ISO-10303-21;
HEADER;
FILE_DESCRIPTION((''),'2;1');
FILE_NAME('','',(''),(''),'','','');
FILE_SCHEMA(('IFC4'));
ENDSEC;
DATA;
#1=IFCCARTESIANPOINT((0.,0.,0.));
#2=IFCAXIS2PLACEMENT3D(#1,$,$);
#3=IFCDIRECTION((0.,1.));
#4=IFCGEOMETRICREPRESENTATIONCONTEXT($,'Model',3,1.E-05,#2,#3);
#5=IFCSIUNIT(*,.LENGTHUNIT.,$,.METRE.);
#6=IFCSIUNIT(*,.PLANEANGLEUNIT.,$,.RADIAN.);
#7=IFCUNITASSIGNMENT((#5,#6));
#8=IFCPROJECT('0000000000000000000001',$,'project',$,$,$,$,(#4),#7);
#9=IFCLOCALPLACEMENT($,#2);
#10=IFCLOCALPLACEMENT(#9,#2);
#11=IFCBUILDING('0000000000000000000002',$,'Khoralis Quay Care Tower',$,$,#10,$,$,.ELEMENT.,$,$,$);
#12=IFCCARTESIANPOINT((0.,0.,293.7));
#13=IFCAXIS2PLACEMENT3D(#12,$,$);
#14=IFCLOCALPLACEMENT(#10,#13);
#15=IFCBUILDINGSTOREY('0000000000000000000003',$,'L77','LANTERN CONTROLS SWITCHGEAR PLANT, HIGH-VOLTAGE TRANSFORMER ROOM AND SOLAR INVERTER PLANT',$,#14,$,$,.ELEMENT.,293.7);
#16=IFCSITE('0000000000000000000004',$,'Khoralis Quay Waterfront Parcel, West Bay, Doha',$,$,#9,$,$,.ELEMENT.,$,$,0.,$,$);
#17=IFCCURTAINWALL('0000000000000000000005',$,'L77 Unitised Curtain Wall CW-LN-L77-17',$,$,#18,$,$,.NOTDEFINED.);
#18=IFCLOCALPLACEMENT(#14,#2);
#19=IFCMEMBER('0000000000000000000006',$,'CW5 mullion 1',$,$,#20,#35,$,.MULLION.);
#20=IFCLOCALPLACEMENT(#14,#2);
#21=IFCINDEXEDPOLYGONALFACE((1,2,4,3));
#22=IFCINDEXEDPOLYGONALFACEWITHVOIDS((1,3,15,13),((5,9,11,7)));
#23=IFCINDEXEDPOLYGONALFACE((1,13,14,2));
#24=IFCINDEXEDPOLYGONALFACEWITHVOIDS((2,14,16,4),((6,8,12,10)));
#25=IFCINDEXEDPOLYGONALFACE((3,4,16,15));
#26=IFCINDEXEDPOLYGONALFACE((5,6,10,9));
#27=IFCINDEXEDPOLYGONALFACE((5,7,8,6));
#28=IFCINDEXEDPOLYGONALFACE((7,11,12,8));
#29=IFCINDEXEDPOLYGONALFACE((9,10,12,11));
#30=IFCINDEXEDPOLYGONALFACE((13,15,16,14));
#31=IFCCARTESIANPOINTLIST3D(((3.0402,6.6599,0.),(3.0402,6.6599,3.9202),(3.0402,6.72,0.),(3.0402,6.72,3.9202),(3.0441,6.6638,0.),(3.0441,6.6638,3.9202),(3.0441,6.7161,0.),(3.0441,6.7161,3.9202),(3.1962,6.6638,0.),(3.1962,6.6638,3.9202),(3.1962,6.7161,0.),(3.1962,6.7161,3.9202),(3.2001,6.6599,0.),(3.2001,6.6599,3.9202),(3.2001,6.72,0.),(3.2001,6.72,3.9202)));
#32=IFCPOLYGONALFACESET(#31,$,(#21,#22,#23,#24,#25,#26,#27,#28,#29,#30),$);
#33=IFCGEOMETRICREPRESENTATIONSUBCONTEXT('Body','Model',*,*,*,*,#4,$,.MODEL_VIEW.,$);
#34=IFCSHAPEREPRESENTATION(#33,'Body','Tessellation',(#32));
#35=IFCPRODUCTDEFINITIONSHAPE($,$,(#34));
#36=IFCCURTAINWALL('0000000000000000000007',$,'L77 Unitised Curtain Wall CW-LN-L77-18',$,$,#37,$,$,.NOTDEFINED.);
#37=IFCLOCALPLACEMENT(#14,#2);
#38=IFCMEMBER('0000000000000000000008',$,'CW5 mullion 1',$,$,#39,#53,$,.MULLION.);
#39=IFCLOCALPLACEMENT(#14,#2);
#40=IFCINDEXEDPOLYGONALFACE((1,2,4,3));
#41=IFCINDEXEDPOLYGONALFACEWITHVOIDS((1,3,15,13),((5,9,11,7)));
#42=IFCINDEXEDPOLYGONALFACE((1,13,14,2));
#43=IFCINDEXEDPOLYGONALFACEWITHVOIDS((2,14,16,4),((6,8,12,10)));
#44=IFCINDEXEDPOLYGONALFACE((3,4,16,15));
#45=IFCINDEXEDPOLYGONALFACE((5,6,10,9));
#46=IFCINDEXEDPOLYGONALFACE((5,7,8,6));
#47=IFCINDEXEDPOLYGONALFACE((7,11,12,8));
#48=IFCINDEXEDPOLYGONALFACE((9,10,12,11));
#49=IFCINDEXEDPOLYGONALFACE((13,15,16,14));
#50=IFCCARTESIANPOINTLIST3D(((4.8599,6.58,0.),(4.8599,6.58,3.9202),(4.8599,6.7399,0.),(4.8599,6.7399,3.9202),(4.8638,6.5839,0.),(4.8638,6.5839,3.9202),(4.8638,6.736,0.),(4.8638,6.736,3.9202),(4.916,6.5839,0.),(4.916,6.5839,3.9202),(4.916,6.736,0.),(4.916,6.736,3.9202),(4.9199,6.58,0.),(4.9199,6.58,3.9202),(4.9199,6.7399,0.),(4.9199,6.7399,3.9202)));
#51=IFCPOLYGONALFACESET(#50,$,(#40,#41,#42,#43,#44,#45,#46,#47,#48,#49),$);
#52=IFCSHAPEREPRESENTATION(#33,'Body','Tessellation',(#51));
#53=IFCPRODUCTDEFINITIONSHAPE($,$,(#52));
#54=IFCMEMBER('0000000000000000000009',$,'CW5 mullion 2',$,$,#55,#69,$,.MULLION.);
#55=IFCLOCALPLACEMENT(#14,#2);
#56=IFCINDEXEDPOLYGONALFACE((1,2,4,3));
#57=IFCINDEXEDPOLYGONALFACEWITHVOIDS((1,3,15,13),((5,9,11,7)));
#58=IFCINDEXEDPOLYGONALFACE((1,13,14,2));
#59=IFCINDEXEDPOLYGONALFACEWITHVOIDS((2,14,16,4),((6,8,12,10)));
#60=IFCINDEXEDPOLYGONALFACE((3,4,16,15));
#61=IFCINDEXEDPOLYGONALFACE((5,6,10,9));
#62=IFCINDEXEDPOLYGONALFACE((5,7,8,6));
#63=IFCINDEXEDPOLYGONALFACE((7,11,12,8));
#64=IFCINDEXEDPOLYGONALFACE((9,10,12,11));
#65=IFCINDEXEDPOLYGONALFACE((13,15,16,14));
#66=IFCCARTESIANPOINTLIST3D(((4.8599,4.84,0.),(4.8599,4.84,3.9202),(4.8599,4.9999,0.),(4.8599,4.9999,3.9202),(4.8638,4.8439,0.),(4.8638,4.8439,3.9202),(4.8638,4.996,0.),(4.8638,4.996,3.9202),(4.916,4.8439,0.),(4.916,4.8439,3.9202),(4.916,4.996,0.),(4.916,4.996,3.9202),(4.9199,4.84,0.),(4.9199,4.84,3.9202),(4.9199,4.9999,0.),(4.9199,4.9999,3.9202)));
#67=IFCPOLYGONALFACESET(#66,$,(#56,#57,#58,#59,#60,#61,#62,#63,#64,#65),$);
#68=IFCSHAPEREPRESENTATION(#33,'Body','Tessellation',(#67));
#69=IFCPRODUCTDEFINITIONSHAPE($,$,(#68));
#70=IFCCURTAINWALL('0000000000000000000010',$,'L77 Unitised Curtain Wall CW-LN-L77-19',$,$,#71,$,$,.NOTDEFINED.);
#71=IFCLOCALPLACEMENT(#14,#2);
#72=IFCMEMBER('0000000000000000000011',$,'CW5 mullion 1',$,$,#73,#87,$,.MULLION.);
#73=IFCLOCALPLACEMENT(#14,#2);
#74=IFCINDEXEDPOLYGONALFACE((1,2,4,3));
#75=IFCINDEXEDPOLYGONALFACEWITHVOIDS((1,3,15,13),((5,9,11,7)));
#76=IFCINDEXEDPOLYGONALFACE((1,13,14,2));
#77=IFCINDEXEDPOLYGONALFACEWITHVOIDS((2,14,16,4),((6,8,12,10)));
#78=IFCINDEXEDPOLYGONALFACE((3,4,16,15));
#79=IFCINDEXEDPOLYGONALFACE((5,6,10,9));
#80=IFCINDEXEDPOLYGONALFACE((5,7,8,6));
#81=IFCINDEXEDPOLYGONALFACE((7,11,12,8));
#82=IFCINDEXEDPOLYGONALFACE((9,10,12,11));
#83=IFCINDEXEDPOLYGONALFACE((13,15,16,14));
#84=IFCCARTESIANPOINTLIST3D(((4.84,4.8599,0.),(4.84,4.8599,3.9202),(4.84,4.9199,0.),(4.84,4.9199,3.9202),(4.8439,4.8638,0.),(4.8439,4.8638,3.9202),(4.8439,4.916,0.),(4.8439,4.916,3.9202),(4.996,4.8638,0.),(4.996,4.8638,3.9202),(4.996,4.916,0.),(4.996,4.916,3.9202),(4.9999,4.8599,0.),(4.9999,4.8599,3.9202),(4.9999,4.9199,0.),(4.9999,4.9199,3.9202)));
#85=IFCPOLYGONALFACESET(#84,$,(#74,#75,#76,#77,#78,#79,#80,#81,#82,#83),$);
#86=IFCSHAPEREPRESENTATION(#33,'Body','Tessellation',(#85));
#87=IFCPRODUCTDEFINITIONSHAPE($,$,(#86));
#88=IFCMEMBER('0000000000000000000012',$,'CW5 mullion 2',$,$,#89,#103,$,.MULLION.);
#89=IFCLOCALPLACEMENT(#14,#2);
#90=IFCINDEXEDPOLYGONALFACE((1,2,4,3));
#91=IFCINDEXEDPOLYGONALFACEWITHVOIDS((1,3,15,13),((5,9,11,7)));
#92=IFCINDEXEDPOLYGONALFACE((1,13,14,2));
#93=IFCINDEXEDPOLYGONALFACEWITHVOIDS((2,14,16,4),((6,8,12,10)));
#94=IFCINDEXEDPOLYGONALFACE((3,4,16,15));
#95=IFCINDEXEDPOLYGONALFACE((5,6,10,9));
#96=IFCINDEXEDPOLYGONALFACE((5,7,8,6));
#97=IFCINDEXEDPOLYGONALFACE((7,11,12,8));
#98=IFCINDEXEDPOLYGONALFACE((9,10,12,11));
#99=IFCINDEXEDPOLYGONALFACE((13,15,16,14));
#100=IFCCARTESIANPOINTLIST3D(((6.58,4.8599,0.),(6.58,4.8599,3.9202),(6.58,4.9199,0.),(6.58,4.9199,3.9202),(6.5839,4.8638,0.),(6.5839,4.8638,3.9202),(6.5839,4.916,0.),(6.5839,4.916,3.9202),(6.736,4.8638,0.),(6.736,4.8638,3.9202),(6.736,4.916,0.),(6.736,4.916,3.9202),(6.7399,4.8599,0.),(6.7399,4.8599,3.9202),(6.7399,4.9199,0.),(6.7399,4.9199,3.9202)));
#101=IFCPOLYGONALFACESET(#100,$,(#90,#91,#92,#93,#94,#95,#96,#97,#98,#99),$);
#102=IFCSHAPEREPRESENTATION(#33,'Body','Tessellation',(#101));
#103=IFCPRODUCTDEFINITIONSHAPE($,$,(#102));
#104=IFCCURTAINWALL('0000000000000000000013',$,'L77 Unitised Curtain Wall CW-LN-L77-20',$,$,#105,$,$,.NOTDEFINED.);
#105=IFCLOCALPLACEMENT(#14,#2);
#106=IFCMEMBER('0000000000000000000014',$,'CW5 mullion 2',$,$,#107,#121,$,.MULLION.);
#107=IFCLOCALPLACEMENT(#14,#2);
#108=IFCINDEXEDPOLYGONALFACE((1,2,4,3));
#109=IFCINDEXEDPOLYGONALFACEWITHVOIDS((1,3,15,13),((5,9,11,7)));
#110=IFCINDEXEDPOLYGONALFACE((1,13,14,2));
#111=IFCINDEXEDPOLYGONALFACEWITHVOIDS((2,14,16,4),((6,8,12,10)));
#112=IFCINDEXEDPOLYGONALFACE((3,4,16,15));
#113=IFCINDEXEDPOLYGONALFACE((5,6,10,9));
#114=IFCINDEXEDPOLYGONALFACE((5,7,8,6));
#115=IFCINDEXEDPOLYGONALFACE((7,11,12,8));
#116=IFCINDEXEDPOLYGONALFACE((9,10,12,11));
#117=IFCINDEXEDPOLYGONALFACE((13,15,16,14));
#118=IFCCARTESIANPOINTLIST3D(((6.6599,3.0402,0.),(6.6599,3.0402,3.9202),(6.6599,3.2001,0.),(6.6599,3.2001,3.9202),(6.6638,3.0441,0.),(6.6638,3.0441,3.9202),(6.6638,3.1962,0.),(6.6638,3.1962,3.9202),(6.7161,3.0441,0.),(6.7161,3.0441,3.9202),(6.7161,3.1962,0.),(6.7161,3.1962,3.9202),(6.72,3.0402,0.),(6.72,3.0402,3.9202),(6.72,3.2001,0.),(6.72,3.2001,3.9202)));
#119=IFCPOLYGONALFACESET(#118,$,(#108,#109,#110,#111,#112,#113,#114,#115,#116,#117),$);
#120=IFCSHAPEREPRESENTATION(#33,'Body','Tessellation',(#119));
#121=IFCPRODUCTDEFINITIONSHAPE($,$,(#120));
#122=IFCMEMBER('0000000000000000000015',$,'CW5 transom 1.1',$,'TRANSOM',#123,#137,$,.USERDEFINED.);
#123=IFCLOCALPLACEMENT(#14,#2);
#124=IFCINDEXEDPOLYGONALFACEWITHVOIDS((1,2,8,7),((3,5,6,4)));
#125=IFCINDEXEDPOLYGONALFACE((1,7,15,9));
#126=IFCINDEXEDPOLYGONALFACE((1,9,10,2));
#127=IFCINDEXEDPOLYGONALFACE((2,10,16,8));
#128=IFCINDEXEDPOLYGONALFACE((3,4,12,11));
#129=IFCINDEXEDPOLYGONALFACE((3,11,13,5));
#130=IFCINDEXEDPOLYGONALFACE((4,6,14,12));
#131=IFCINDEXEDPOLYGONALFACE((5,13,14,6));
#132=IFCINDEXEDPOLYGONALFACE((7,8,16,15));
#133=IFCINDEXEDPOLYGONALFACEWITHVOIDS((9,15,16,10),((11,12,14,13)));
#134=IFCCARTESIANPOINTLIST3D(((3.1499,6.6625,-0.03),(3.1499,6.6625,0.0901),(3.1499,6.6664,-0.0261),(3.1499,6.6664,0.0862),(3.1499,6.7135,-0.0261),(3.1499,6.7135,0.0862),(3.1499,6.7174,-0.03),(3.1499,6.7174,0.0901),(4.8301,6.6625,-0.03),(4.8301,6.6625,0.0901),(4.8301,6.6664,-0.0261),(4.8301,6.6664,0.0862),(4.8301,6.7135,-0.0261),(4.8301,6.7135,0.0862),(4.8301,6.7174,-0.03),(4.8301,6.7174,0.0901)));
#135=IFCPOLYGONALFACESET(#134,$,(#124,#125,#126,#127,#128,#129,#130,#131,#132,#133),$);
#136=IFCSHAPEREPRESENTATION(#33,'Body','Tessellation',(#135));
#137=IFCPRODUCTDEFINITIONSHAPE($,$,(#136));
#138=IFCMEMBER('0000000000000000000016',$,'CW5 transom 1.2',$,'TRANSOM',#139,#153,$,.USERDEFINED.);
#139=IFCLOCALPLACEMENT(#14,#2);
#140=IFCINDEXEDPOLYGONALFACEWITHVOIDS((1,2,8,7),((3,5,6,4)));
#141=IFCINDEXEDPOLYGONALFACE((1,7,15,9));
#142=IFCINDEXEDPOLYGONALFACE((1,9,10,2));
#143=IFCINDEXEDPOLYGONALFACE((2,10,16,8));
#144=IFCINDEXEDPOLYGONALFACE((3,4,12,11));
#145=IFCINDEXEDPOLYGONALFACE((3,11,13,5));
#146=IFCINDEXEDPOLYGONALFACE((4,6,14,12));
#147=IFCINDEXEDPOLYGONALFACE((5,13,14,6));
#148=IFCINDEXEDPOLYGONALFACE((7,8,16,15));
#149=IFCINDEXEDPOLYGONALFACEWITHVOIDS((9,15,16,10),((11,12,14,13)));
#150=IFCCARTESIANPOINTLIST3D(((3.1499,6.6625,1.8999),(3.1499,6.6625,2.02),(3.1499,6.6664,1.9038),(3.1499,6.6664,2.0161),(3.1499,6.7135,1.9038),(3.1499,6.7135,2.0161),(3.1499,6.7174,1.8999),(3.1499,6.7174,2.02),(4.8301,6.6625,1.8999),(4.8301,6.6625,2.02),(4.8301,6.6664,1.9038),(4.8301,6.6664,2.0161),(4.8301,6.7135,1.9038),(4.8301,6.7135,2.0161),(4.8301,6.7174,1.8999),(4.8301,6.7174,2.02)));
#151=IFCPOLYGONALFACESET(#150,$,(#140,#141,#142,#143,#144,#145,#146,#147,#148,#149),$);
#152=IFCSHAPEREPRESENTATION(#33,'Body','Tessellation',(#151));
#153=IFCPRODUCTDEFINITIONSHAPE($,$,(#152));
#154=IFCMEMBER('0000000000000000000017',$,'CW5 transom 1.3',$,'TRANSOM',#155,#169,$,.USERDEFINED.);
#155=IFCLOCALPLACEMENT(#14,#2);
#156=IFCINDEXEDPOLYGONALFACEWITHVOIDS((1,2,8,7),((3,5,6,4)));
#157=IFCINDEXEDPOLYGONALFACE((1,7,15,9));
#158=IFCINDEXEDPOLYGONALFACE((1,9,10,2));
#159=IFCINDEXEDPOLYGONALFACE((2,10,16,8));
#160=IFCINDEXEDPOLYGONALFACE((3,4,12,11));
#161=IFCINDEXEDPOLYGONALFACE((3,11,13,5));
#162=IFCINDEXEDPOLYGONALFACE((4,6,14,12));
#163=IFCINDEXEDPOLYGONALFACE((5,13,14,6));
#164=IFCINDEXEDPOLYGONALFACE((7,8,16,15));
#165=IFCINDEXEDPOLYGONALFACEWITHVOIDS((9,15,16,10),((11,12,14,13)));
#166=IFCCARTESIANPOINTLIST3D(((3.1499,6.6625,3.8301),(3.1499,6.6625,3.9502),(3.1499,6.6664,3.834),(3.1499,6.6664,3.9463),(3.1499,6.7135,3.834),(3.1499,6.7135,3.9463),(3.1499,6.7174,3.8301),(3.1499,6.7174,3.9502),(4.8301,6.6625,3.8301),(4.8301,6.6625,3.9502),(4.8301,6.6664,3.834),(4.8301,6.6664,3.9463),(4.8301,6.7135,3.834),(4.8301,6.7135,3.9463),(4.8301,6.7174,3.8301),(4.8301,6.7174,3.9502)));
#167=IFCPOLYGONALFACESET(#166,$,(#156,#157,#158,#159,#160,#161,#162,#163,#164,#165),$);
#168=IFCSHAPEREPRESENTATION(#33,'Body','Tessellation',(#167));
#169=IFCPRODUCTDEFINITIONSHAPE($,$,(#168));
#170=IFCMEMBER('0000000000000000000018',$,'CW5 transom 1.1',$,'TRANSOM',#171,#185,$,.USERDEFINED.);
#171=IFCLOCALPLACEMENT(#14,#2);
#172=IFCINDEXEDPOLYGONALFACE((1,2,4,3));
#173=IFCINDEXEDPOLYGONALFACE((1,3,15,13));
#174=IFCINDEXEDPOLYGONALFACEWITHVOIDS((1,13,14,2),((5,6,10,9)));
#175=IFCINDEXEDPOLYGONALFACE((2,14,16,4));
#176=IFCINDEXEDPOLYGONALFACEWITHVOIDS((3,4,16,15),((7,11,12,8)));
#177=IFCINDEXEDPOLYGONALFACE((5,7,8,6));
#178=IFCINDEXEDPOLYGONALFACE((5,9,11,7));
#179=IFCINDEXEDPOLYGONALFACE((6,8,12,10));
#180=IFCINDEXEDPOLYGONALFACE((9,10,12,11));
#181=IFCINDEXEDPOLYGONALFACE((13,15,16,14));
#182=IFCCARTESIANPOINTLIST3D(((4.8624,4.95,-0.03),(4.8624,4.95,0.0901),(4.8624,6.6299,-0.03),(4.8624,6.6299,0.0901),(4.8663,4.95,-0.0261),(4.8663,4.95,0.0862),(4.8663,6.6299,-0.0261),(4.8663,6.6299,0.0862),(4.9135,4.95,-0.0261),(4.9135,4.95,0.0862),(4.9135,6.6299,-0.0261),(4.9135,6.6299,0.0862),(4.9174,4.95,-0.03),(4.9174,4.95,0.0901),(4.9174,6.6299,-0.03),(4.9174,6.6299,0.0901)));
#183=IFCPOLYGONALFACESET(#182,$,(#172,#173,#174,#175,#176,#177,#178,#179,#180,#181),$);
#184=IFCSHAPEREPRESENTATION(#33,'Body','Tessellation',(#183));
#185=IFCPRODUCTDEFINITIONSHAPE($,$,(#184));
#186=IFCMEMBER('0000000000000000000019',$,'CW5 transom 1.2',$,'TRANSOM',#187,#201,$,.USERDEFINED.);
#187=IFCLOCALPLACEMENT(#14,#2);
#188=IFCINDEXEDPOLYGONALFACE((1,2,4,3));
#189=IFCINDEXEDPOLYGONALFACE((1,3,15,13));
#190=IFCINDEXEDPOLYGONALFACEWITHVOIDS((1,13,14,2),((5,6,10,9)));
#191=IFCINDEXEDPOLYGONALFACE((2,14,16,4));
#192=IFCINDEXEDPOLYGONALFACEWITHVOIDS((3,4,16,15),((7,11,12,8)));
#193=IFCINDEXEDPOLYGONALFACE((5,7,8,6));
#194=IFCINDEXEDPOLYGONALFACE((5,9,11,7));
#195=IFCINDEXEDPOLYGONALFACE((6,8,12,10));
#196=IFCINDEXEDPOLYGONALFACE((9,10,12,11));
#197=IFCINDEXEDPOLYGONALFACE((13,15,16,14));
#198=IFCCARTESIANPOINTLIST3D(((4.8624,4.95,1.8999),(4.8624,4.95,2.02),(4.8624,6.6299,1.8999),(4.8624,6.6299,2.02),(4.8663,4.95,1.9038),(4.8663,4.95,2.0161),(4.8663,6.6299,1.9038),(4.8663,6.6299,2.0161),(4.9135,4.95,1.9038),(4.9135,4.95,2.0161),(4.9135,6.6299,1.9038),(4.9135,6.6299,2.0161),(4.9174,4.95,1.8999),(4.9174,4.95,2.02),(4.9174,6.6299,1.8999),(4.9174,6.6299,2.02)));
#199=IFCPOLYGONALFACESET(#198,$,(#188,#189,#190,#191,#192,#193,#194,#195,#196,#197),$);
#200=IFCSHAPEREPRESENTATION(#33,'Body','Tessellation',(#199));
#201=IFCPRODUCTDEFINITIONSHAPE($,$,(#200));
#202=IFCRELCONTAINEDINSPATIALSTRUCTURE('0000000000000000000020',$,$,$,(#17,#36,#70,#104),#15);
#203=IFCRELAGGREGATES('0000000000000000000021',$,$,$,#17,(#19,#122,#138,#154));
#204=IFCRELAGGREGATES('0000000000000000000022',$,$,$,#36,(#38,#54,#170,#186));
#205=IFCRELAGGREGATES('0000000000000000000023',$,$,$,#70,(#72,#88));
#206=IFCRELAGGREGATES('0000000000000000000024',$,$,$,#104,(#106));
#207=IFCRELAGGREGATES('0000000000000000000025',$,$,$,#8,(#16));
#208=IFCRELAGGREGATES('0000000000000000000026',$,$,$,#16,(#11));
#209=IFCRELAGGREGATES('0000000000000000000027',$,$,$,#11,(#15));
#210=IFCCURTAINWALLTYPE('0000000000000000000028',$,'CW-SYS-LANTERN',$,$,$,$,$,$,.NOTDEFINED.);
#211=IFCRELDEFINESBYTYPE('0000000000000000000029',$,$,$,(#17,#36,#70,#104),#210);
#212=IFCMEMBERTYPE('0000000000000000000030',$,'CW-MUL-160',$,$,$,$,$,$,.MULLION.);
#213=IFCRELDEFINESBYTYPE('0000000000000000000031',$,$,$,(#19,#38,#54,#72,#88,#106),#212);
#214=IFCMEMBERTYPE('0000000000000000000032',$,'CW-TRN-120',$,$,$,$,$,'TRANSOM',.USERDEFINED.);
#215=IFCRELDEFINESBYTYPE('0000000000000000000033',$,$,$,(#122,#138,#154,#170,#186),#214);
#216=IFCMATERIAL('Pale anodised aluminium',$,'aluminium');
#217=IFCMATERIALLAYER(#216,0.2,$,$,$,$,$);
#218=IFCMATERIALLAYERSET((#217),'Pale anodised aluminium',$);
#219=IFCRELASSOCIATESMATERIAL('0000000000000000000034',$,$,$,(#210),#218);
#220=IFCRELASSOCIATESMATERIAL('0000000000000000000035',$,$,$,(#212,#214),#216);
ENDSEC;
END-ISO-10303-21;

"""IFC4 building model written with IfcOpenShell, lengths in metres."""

from ifc_helpers import new_model, si_unit, direction, frame, origin, origin_2d, place, context, subcontext, project, spatial, hollow_rectangle, extrude, source, transform, mapped, material, layer, layer_set, material_profile, profile_set, type_object, element, aggregate, save


model = new_model("IFC4")

# Units and contexts
model_context = context("Model", 3, precision=1e-05, world=origin(), true_north=direction((0.0, 1.0)))
body_context = subcontext(model_context, "Body", "Model", "MODEL_VIEW")
ifc_project = project(units=[si_unit("LENGTHUNIT", "METRE"), si_unit("PLANEANGLEUNIT", "RADIAN")], contexts=[model_context])

# Site, building, storey
site_placement = place(None, origin())
site = spatial("IfcSite", under=ifc_project, at=site_placement, Name="Khoralis Quay Waterfront Parcel, West Bay, Doha", CompositionType="ELEMENT", RefElevation=0.0)
building_placement = place(site_placement, origin())
building = spatial("IfcBuilding", under=site, at=building_placement, Name="Khoralis Quay Care Tower", CompositionType="ELEMENT")
storey_placement = place(building_placement, frame((0.0, 0.0, 293.7)))
storey = spatial("IfcBuildingStorey", under=building, at=storey_placement, Name="L77", Description="LANTERN CONTROLS SWITCHGEAR PLANT, HIGH-VOLTAGE TRANSFORMER ROOM AND SOLAR INVERTER PLANT", CompositionType="ELEMENT", Elevation=293.7)

# Curtain wall, member
ifc_material_1 = material(Name="Pale anodised aluminium", Category="aluminium")
ifc_layer_1 = layer(ifc_material_1, 0.2)
ifc_layer_set_1 = layer_set([ifc_layer_1], Name="Pale anodised aluminium")
curtain_wall_type = type_object("IfcCurtainWallType", Name="CW-SYS-LANTERN", PredefinedType="NOTDEFINED", material=ifc_layer_set_1)
curtain_wall_1_placement = place(storey_placement, origin())
curtain_wall_1 = element("IfcCurtainWall", 1, at=curtain_wall_1_placement, inside=storey, type_object=curtain_wall_type, Name="L77 Unitised Curtain Wall CW-LN-L77-17", PredefinedType="NOTDEFINED")
ifc_material_profile_1 = material_profile(ifc_material_1, hollow_rectangle(XDim=0.0601, YDim=0.1599, WallThickness=0.0039, at=origin_2d()), Name="Pale anodised aluminium")
ifc_profile_set_1 = profile_set([ifc_material_profile_1], Name="Pale anodised aluminium")
member_type_1 = type_object("IfcMemberType", Name="CW-MUL-160", PredefinedType="MULLION", material=ifc_profile_set_1)
shared_shape_1 = source(origin(), body_context, "Body", "SweptSolid", [
    extrude(hollow_rectangle(XDim=0.0601, YDim=0.1599, WallThickness=0.0039, at=origin_2d()), origin(), (0.0, 0.0, 1.0), 3.9202),
])
member_1_placement = place(storey_placement, frame((3.1201, 6.6899, 0.0), z_axis=(0.0, 0.0, 1.0), x_axis=(0.0, 1.0, 0.0)))
member_1 = element("IfcMember", 2, at=member_1_placement, type_object=member_type_1, Name="CW5 mullion 1", PredefinedType="MULLION", context=body_context, shape_type="MappedRepresentation", body=[
    mapped(shared_shape_1, transform((0.0, 0.0, 0.0), scale=1.0)),
])

# Curtain walls, members
curtain_wall_2_placement = place(storey_placement, origin())
curtain_wall_2 = element("IfcCurtainWall", 3, at=curtain_wall_2_placement, inside=storey, type_object=curtain_wall_type, Name="L77 Unitised Curtain Wall CW-LN-L77-18", PredefinedType="NOTDEFINED")
member_2_placement = place(storey_placement, frame((4.8899, 6.6599, 0.0), z_axis=(0.0, 0.0, 1.0), x_axis=(1.0, 0.0, 0.0)))
member_2 = element("IfcMember", 4, at=member_2_placement, type_object=member_type_1, Name="CW5 mullion 1", PredefinedType="MULLION", context=body_context, shape_type="MappedRepresentation", body=[
    mapped(shared_shape_1, transform((0.0, 0.0, 0.0), scale=1.0)),
])
member_3_placement = place(storey_placement, frame((4.8899, 4.9199, 0.0), z_axis=(0.0, 0.0, 1.0), x_axis=(1.0, 0.0, 0.0)))
member_3 = element("IfcMember", 5, at=member_3_placement, type_object=member_type_1, Name="CW5 mullion 2", PredefinedType="MULLION", context=body_context, shape_type="MappedRepresentation", body=[
    mapped(shared_shape_1, transform((0.0, 0.0, 0.0), scale=1.0)),
])
curtain_wall_3_placement = place(storey_placement, origin())
curtain_wall_3 = element("IfcCurtainWall", 6, at=curtain_wall_3_placement, inside=storey, type_object=curtain_wall_type, Name="L77 Unitised Curtain Wall CW-LN-L77-19", PredefinedType="NOTDEFINED")
member_4_placement = place(storey_placement, frame((4.9199, 4.8899, 0.0), z_axis=(0.0, 0.0, 1.0), x_axis=(0.0, 1.0, 0.0)))
member_4 = element("IfcMember", 7, at=member_4_placement, type_object=member_type_1, Name="CW5 mullion 1", PredefinedType="MULLION", context=body_context, shape_type="MappedRepresentation", body=[
    mapped(shared_shape_1, transform((0.0, 0.0, 0.0), scale=1.0)),
])
member_5_placement = place(storey_placement, frame((6.6599, 4.8899, 0.0), z_axis=(0.0, 0.0, 1.0), x_axis=(0.0, 1.0, 0.0)))
member_5 = element("IfcMember", 8, at=member_5_placement, type_object=member_type_1, Name="CW5 mullion 2", PredefinedType="MULLION", context=body_context, shape_type="MappedRepresentation", body=[
    mapped(shared_shape_1, transform((0.0, 0.0, 0.0), scale=1.0)),
])

# Curtain wall, member
curtain_wall_4_placement = place(storey_placement, origin())
curtain_wall_4 = element("IfcCurtainWall", 9, at=curtain_wall_4_placement, inside=storey, type_object=curtain_wall_type, Name="L77 Unitised Curtain Wall CW-LN-L77-20", PredefinedType="NOTDEFINED")
member_6_placement = place(storey_placement, frame((6.6899, 3.1201, 0.0), z_axis=(0.0, 0.0, 1.0), x_axis=(1.0, 0.0, 0.0)))
member_6 = element("IfcMember", 10, at=member_6_placement, type_object=member_type_1, Name="CW5 mullion 2", PredefinedType="MULLION", context=body_context, shape_type="MappedRepresentation", body=[
    mapped(shared_shape_1, transform((0.0, 0.0, 0.0), scale=1.0)),
])

# Members
ifc_material_profile_2 = material_profile(ifc_material_1, hollow_rectangle(XDim=0.0549, YDim=0.1201, WallThickness=0.0039, at=origin_2d()), Name="Pale anodised aluminium")
ifc_profile_set_2 = profile_set([ifc_material_profile_2], Name="Pale anodised aluminium")
member_type_2 = type_object("IfcMemberType", Name="CW-TRN-120", ElementType="TRANSOM", PredefinedType="USERDEFINED", material=ifc_profile_set_2)
shared_shape_2 = source(origin(), body_context, "Body", "SweptSolid", [
    extrude(hollow_rectangle(XDim=0.0549, YDim=0.1201, WallThickness=0.0039, at=origin_2d()), origin(), (0.0, 0.0, 1.0), 1.6802),
])
member_7_placement = place(storey_placement, frame((3.1499, 6.6899, 0.03), z_axis=(1.0, 0.0, 0.0), x_axis=(0.0, 1.0, 0.0)))
member_7 = element("IfcMember", 11, at=member_7_placement, type_object=member_type_2, Name="CW5 transom 1.1", ObjectType="TRANSOM", PredefinedType="USERDEFINED", context=body_context, shape_type="MappedRepresentation", body=[
    mapped(shared_shape_2, transform((0.0, 0.0, 0.0), scale=1.0)),
])
member_8_placement = place(storey_placement, frame((3.1499, 6.6899, 1.96), z_axis=(1.0, 0.0, 0.0), x_axis=(0.0, 1.0, 0.0)))
member_8 = element("IfcMember", 12, at=member_8_placement, type_object=member_type_2, Name="CW5 transom 1.2", ObjectType="TRANSOM", PredefinedType="USERDEFINED", context=body_context, shape_type="MappedRepresentation", body=[
    mapped(shared_shape_2, transform((0.0, 0.0, 0.0), scale=1.0)),
])
member_9_placement = place(storey_placement, frame((3.1499, 6.6899, 3.8901), z_axis=(1.0, 0.0, 0.0), x_axis=(0.0, 1.0, 0.0)))
member_9 = element("IfcMember", 13, at=member_9_placement, type_object=member_type_2, Name="CW5 transom 1.3", ObjectType="TRANSOM", PredefinedType="USERDEFINED", context=body_context, shape_type="MappedRepresentation", body=[
    mapped(shared_shape_2, transform((0.0, 0.0, 0.0), scale=1.0)),
])
shared_shape_3 = source(origin(), body_context, "Body", "SweptSolid", [
    extrude(hollow_rectangle(XDim=0.0549, YDim=0.1201, WallThickness=0.0039, at=origin_2d()), origin(), (0.0, 0.0, 1.0), 1.6799),
])
member_10_placement = place(storey_placement, frame((4.8899, 6.6299, 0.03), z_axis=(0.0, -1.0, 0.0), x_axis=(1.0, 0.0, 0.0)))
member_10 = element("IfcMember", 14, at=member_10_placement, type_object=member_type_2, Name="CW5 transom 1.1", ObjectType="TRANSOM", PredefinedType="USERDEFINED", context=body_context, shape_type="MappedRepresentation", body=[
    mapped(shared_shape_3, transform((0.0, 0.0, 0.0), scale=1.0)),
])
member_11_placement = place(storey_placement, frame((4.8899, 6.6299, 1.96), z_axis=(0.0, -1.0, 0.0), x_axis=(1.0, 0.0, 0.0)))
member_11 = element("IfcMember", 15, at=member_11_placement, type_object=member_type_2, Name="CW5 transom 1.2", ObjectType="TRANSOM", PredefinedType="USERDEFINED", context=body_context, shape_type="MappedRepresentation", body=[
    mapped(shared_shape_3, transform((0.0, 0.0, 0.0), scale=1.0)),
])

aggregate(curtain_wall_1, [member_1, member_7, member_8, member_9])
aggregate(curtain_wall_2, [member_2, member_3, member_10, member_11])
aggregate(curtain_wall_3, [member_4, member_5])
aggregate(curtain_wall_4, [member_6])

save(model, "model.ifc")
